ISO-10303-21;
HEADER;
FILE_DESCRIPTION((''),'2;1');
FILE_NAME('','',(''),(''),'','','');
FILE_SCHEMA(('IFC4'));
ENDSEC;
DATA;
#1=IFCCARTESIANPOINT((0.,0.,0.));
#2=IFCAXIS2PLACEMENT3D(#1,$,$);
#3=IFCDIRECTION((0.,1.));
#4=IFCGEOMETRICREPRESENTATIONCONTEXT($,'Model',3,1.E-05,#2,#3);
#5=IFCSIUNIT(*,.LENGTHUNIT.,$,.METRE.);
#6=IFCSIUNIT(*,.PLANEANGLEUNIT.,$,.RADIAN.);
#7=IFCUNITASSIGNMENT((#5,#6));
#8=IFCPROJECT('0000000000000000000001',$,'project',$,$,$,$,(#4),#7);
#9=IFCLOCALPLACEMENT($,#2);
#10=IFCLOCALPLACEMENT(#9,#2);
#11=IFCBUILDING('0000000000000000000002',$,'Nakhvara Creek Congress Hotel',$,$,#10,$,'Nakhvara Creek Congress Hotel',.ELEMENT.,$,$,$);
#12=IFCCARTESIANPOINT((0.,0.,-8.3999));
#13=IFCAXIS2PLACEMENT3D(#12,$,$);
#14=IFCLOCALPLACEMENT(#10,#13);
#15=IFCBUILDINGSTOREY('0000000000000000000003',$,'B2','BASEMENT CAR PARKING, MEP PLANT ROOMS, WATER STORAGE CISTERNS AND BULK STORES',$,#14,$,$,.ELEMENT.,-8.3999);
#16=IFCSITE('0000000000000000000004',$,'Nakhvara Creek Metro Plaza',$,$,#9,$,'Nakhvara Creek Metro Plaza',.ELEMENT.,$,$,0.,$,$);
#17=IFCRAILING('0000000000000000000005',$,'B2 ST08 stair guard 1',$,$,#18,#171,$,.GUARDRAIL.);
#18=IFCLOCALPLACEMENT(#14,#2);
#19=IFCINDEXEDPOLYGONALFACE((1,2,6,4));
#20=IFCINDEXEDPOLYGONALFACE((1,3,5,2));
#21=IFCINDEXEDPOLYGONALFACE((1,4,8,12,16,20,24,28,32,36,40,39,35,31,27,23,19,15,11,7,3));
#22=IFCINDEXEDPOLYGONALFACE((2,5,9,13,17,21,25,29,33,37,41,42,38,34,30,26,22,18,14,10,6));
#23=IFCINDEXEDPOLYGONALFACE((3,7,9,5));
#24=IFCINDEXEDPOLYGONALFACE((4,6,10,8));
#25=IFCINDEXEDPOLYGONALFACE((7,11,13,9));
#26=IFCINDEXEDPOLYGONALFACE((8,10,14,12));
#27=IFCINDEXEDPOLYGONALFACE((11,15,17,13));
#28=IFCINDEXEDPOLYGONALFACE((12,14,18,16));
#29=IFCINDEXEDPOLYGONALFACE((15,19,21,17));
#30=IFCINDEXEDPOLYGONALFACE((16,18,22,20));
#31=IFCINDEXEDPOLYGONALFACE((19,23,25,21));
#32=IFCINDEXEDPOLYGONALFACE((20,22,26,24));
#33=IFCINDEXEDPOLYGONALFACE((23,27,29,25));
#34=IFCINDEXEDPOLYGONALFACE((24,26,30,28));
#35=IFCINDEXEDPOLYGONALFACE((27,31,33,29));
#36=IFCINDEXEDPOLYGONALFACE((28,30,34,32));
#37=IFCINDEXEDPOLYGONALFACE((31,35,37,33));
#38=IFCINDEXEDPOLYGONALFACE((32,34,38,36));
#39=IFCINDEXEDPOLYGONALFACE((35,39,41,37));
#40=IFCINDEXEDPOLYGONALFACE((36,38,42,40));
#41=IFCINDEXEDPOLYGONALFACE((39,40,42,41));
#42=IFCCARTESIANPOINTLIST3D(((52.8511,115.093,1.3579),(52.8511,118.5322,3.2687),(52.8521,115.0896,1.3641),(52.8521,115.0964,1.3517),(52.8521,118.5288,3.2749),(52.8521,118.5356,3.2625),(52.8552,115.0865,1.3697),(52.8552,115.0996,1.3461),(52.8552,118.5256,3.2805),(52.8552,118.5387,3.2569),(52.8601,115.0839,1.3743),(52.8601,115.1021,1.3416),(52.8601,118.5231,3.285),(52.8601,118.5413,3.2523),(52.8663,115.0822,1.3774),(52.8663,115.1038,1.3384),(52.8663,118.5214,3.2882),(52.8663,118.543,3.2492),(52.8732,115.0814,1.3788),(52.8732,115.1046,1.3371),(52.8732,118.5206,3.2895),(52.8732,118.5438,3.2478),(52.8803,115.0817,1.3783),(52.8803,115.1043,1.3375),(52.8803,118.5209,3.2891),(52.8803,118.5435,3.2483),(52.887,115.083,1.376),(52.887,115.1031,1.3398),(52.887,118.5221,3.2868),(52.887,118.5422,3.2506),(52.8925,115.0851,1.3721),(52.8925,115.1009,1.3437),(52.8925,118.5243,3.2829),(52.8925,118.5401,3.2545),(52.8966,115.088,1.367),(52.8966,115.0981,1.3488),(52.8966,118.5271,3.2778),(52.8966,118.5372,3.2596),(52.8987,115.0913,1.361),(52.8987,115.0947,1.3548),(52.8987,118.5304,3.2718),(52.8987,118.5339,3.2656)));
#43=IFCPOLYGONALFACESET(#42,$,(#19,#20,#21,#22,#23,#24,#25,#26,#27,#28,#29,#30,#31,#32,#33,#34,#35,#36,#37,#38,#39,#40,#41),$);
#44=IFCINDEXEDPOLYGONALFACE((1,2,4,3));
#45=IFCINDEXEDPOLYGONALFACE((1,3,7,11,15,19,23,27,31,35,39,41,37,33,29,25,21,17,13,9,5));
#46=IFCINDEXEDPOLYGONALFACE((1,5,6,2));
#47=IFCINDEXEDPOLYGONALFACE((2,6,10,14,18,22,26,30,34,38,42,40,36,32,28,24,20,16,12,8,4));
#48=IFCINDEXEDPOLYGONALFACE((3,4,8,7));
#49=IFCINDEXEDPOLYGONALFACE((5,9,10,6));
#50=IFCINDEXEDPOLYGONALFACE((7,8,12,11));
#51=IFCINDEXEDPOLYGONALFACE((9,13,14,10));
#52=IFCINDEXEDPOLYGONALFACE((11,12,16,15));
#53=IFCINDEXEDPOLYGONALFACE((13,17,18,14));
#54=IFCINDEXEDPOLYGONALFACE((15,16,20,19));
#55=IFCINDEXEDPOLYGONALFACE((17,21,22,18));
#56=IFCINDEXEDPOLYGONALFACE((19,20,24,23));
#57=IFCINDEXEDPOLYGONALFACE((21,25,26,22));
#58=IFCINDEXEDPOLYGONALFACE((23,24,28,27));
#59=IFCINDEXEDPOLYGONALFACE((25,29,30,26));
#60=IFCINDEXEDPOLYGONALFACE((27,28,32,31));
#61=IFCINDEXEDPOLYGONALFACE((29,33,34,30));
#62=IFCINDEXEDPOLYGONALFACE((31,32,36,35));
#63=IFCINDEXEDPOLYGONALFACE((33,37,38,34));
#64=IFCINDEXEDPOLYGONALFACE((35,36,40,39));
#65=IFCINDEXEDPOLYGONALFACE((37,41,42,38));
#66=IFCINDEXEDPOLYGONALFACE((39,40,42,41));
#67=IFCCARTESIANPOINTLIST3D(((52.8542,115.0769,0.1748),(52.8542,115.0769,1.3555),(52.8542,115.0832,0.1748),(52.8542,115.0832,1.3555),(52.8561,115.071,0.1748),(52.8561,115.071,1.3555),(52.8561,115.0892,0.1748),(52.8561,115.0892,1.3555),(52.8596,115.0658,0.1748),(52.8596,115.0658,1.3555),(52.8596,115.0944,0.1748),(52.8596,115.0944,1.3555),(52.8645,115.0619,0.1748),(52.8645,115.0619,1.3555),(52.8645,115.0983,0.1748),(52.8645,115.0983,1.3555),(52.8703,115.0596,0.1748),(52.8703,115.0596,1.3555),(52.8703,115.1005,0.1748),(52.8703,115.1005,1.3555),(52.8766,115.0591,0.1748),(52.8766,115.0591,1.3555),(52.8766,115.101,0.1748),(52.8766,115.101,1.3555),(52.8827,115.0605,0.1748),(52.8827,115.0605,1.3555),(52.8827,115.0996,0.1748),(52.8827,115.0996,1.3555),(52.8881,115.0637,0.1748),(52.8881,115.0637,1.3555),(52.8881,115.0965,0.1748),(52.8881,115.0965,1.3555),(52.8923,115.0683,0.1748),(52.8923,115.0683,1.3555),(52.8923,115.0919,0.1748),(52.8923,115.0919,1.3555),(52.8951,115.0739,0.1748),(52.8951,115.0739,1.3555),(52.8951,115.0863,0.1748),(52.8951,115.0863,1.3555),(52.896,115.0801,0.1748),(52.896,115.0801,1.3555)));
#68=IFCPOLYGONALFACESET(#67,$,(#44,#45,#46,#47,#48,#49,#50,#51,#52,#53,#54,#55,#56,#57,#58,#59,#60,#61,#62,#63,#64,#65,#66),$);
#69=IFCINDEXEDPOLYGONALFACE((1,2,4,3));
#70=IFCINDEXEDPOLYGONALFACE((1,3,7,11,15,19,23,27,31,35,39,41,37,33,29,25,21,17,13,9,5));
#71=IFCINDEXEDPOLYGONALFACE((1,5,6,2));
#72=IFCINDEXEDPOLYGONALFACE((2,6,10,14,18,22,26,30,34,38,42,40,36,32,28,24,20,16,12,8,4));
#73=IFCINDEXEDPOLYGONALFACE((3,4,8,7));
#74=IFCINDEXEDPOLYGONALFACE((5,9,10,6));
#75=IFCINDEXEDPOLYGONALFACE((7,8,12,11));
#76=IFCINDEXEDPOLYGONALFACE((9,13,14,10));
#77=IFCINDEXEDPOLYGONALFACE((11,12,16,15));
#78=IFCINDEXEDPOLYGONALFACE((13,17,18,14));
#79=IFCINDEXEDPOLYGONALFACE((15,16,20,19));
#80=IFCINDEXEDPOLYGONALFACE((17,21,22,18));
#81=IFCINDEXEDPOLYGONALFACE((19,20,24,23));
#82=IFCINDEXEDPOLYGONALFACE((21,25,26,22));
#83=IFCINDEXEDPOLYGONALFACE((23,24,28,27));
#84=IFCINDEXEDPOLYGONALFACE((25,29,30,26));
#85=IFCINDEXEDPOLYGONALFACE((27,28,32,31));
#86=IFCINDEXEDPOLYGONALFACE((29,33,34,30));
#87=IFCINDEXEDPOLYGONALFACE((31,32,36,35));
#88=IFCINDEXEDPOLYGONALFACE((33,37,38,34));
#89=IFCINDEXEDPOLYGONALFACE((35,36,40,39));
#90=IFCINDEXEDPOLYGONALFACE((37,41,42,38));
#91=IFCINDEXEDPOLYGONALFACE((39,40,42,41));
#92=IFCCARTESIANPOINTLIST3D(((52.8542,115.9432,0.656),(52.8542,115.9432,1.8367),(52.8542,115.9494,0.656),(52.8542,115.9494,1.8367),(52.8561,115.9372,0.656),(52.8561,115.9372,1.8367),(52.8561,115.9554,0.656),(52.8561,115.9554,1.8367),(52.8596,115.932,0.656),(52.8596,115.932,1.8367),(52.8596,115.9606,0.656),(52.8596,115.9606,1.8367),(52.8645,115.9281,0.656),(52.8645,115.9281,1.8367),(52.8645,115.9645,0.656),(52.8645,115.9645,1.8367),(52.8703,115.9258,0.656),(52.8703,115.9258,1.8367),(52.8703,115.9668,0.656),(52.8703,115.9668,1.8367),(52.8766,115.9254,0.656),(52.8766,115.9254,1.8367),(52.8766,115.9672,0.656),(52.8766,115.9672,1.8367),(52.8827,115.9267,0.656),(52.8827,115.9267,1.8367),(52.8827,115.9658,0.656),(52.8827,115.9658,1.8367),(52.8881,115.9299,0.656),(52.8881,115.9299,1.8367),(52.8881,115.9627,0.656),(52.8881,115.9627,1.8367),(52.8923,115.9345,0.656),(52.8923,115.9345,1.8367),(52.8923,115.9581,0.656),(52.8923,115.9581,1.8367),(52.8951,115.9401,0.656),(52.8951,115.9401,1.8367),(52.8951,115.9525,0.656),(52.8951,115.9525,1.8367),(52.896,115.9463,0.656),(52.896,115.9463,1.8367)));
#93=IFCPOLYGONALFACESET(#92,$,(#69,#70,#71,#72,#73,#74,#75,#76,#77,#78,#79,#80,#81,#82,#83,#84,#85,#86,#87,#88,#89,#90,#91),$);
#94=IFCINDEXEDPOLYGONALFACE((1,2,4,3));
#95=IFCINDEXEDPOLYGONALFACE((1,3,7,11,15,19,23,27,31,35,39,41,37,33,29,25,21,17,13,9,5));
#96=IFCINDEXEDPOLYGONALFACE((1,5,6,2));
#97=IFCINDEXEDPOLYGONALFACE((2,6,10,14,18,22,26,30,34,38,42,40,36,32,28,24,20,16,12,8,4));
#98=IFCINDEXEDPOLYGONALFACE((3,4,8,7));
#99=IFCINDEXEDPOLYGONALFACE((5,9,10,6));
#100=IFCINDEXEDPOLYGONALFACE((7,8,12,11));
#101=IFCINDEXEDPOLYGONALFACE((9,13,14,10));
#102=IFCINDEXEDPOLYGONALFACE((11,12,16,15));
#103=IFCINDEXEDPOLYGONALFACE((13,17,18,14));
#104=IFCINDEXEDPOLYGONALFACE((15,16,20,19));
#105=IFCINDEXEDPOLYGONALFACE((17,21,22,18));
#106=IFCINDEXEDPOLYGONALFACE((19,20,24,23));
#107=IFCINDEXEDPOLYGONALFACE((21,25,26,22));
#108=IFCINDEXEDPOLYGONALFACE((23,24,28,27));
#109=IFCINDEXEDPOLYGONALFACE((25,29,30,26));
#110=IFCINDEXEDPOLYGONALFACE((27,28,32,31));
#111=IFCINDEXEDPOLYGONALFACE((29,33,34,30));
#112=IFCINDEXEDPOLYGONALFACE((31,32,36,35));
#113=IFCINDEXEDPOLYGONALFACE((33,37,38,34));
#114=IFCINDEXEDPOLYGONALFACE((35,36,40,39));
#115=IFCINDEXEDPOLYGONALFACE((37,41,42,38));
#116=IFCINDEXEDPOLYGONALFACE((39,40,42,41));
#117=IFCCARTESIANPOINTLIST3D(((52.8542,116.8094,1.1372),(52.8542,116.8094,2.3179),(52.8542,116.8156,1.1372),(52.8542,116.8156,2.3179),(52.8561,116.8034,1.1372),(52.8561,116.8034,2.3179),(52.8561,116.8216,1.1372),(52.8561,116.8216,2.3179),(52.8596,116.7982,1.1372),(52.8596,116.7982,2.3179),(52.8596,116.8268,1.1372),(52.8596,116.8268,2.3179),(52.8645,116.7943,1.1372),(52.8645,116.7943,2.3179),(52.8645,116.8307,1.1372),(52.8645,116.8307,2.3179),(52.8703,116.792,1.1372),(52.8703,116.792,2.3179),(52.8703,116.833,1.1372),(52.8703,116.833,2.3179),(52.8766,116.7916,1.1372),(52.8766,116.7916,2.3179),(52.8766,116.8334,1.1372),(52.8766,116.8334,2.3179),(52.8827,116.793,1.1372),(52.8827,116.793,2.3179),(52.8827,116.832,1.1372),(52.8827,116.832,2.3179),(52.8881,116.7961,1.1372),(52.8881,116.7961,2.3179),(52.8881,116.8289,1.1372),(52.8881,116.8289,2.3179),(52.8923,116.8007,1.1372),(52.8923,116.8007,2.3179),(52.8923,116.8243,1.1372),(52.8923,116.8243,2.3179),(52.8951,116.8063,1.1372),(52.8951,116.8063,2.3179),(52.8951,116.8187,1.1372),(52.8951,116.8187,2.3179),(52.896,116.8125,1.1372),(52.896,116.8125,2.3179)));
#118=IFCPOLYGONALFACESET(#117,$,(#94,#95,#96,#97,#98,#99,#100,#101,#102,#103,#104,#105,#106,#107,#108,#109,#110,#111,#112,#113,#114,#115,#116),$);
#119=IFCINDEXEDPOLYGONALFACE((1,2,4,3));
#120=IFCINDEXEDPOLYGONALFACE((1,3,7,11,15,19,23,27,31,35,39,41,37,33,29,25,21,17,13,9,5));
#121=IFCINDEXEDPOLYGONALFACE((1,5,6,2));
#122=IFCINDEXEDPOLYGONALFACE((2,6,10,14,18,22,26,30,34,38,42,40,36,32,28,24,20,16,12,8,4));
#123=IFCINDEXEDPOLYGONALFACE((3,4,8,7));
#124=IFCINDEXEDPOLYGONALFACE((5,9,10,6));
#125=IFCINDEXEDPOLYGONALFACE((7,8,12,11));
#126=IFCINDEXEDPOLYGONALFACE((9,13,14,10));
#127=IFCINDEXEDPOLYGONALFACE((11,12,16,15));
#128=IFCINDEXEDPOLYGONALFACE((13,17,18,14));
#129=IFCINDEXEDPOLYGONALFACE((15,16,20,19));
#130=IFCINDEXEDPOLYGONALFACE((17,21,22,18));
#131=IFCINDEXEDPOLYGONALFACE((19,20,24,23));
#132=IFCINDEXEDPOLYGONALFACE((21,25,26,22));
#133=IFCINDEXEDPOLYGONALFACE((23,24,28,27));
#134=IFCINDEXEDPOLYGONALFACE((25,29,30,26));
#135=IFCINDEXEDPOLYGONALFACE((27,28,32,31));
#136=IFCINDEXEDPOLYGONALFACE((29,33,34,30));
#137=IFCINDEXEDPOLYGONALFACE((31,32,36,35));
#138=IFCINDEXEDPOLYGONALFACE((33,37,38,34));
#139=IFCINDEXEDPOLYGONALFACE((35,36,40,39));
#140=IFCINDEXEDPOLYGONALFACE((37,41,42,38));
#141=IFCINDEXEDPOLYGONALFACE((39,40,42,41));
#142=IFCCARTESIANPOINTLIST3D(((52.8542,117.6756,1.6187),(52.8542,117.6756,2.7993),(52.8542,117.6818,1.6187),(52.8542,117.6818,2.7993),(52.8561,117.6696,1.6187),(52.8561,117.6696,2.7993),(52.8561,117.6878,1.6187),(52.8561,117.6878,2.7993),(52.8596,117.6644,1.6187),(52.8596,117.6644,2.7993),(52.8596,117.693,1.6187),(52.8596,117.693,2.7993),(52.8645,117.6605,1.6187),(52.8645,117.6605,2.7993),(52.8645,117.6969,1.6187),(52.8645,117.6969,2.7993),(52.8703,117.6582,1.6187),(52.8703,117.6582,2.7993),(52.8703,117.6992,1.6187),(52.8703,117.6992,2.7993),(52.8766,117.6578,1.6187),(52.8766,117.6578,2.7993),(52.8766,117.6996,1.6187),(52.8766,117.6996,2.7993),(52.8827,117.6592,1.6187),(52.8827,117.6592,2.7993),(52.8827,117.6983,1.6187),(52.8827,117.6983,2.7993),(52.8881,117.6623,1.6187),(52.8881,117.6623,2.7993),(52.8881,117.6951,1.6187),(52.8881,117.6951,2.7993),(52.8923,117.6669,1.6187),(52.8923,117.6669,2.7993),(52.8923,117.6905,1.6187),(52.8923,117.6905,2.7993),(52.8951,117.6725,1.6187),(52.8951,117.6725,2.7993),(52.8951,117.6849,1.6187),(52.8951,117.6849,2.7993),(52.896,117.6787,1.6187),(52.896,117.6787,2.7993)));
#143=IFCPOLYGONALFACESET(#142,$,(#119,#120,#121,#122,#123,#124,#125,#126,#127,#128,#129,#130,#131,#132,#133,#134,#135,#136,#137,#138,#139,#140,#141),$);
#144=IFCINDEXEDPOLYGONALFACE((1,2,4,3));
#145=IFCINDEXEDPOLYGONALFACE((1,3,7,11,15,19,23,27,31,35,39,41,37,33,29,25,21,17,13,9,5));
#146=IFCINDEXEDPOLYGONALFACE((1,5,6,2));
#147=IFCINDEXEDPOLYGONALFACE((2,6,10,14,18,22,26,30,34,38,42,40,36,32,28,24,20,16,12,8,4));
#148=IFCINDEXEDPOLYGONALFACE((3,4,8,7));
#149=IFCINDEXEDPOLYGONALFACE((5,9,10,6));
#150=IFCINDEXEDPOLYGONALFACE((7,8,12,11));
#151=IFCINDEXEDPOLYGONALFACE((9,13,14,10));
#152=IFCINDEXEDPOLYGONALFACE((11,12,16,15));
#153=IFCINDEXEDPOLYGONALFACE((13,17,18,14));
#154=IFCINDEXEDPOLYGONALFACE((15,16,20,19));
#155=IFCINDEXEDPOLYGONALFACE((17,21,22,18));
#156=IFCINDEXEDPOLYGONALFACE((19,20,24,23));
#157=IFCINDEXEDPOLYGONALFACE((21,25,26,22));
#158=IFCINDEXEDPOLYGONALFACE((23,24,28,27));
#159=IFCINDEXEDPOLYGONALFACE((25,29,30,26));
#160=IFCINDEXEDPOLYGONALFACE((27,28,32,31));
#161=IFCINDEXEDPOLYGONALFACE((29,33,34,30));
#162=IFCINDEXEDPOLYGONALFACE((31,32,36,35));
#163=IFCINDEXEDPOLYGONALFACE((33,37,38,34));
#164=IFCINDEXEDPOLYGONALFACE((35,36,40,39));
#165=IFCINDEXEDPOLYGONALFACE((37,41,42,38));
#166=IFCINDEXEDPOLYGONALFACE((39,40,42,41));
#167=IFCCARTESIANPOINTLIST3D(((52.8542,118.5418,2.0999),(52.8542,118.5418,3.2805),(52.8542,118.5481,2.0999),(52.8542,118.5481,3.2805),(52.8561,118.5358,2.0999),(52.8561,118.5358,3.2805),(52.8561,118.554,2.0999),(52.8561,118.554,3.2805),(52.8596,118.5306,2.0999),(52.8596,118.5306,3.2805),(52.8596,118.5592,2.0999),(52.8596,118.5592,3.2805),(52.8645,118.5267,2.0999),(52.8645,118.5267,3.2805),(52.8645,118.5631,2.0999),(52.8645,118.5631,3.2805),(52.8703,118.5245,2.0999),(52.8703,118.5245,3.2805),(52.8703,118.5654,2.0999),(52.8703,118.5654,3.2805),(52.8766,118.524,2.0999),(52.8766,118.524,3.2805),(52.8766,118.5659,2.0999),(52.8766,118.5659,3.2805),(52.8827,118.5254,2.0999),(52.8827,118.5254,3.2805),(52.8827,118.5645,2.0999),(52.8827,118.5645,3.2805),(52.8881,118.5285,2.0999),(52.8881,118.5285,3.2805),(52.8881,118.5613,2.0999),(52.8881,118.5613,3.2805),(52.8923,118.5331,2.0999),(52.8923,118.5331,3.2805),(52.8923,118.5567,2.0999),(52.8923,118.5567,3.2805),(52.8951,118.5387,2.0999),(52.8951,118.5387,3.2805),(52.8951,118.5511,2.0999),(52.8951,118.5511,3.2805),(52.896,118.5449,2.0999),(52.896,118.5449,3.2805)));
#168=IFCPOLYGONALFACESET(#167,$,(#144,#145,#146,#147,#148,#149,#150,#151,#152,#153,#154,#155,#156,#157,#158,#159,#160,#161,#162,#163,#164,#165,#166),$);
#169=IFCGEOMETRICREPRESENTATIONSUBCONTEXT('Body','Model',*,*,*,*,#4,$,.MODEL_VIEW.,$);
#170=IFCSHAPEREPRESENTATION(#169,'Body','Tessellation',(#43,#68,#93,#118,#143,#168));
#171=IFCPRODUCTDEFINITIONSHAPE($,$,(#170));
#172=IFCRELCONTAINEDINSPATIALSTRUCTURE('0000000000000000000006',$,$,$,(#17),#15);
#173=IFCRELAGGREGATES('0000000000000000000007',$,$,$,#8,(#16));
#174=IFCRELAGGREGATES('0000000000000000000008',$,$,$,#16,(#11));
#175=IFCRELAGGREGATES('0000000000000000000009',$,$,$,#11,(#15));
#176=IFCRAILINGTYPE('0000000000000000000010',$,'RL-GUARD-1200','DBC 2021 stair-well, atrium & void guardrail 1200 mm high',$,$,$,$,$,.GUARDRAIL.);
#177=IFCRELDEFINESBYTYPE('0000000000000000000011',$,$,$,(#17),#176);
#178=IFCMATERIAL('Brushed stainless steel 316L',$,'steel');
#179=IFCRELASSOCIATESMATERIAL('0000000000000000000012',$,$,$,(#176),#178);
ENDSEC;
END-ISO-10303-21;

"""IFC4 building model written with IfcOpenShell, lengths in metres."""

from ifc_helpers import new_model, si_unit, direction, frame, origin, origin_2d, place, context, subcontext, project, spatial, circle, extrude, material, type_object, element, save


model = new_model("IFC4")

# Units and contexts
model_context = context("Model", 3, precision=1e-05, world=origin(), true_north=direction((0.0, 1.0)))
body_context = subcontext(model_context, "Body", "Model", "MODEL_VIEW")
ifc_project = project(units=[si_unit("LENGTHUNIT", "METRE"), si_unit("PLANEANGLEUNIT", "RADIAN")], contexts=[model_context])

# Site, building, storey
site_placement = place(None, origin())
site = spatial("IfcSite", under=ifc_project, at=site_placement, Name="Nakhvara Creek Metro Plaza", LongName="Nakhvara Creek Metro Plaza", CompositionType="ELEMENT", RefElevation=0.0)
building_placement = place(site_placement, origin())
building = spatial("IfcBuilding", under=site, at=building_placement, Name="Nakhvara Creek Congress Hotel", LongName="Nakhvara Creek Congress Hotel", CompositionType="ELEMENT")
storey_placement = place(building_placement, frame((0.0, 0.0, -8.3999)))
storey = spatial("IfcBuildingStorey", under=building, at=storey_placement, Name="B2", Description="BASEMENT CAR PARKING, MEP PLANT ROOMS, WATER STORAGE CISTERNS AND BULK STORES", CompositionType="ELEMENT", Elevation=-8.3999)

# Railing
ifc_material_1 = material(Name="Brushed stainless steel 316L", Category="steel")
railing_type_1 = type_object("IfcRailingType", Name="RL-GUARD-1200", Description="DBC 2021 stair-well, atrium & void guardrail 1200 mm high", PredefinedType="GUARDRAIL", material=ifc_material_1)
railing_1_placement = place(storey_placement, frame((52.875, 115.0801, 0.1748)))
element("IfcRailing", 1, at=railing_1_placement, inside=storey, type_object=railing_type_1, Name="B2 ST08 stair guard 1", PredefinedType="GUARDRAIL", context=body_context, shape_type="SweptSolid", body=[
    extrude(circle(Radius=0.0239, at=origin_2d()), frame((0.0, 0.0129, 1.1831), z_axis=(0.0, 0.874143, 0.485669), x_axis=(-1.0, 0.0, 0.0)), (0.0, 0.0, 1.0), 3.9343),
    extrude(circle(Radius=0.021, at=origin_2d()), origin(), (0.0, 0.0, 1.0), 1.1807),
    extrude(circle(Radius=0.021, at=origin_2d()), frame((0.0, 0.8662, 0.4812)), (0.0, 0.0, 1.0), 1.1807),
    extrude(circle(Radius=0.021, at=origin_2d()), frame((0.0, 1.7324, 0.9624)), (0.0, 0.0, 1.0), 1.1807),
    extrude(circle(Radius=0.021, at=origin_2d()), frame((0.0, 2.5986, 1.4438)), (0.0, 0.0, 1.0), 1.1807),
    extrude(circle(Radius=0.021, at=origin_2d()), frame((0.0, 3.4648, 1.925)), (0.0, 0.0, 1.0), 1.1807),
])

save(model, "model.ifc")
